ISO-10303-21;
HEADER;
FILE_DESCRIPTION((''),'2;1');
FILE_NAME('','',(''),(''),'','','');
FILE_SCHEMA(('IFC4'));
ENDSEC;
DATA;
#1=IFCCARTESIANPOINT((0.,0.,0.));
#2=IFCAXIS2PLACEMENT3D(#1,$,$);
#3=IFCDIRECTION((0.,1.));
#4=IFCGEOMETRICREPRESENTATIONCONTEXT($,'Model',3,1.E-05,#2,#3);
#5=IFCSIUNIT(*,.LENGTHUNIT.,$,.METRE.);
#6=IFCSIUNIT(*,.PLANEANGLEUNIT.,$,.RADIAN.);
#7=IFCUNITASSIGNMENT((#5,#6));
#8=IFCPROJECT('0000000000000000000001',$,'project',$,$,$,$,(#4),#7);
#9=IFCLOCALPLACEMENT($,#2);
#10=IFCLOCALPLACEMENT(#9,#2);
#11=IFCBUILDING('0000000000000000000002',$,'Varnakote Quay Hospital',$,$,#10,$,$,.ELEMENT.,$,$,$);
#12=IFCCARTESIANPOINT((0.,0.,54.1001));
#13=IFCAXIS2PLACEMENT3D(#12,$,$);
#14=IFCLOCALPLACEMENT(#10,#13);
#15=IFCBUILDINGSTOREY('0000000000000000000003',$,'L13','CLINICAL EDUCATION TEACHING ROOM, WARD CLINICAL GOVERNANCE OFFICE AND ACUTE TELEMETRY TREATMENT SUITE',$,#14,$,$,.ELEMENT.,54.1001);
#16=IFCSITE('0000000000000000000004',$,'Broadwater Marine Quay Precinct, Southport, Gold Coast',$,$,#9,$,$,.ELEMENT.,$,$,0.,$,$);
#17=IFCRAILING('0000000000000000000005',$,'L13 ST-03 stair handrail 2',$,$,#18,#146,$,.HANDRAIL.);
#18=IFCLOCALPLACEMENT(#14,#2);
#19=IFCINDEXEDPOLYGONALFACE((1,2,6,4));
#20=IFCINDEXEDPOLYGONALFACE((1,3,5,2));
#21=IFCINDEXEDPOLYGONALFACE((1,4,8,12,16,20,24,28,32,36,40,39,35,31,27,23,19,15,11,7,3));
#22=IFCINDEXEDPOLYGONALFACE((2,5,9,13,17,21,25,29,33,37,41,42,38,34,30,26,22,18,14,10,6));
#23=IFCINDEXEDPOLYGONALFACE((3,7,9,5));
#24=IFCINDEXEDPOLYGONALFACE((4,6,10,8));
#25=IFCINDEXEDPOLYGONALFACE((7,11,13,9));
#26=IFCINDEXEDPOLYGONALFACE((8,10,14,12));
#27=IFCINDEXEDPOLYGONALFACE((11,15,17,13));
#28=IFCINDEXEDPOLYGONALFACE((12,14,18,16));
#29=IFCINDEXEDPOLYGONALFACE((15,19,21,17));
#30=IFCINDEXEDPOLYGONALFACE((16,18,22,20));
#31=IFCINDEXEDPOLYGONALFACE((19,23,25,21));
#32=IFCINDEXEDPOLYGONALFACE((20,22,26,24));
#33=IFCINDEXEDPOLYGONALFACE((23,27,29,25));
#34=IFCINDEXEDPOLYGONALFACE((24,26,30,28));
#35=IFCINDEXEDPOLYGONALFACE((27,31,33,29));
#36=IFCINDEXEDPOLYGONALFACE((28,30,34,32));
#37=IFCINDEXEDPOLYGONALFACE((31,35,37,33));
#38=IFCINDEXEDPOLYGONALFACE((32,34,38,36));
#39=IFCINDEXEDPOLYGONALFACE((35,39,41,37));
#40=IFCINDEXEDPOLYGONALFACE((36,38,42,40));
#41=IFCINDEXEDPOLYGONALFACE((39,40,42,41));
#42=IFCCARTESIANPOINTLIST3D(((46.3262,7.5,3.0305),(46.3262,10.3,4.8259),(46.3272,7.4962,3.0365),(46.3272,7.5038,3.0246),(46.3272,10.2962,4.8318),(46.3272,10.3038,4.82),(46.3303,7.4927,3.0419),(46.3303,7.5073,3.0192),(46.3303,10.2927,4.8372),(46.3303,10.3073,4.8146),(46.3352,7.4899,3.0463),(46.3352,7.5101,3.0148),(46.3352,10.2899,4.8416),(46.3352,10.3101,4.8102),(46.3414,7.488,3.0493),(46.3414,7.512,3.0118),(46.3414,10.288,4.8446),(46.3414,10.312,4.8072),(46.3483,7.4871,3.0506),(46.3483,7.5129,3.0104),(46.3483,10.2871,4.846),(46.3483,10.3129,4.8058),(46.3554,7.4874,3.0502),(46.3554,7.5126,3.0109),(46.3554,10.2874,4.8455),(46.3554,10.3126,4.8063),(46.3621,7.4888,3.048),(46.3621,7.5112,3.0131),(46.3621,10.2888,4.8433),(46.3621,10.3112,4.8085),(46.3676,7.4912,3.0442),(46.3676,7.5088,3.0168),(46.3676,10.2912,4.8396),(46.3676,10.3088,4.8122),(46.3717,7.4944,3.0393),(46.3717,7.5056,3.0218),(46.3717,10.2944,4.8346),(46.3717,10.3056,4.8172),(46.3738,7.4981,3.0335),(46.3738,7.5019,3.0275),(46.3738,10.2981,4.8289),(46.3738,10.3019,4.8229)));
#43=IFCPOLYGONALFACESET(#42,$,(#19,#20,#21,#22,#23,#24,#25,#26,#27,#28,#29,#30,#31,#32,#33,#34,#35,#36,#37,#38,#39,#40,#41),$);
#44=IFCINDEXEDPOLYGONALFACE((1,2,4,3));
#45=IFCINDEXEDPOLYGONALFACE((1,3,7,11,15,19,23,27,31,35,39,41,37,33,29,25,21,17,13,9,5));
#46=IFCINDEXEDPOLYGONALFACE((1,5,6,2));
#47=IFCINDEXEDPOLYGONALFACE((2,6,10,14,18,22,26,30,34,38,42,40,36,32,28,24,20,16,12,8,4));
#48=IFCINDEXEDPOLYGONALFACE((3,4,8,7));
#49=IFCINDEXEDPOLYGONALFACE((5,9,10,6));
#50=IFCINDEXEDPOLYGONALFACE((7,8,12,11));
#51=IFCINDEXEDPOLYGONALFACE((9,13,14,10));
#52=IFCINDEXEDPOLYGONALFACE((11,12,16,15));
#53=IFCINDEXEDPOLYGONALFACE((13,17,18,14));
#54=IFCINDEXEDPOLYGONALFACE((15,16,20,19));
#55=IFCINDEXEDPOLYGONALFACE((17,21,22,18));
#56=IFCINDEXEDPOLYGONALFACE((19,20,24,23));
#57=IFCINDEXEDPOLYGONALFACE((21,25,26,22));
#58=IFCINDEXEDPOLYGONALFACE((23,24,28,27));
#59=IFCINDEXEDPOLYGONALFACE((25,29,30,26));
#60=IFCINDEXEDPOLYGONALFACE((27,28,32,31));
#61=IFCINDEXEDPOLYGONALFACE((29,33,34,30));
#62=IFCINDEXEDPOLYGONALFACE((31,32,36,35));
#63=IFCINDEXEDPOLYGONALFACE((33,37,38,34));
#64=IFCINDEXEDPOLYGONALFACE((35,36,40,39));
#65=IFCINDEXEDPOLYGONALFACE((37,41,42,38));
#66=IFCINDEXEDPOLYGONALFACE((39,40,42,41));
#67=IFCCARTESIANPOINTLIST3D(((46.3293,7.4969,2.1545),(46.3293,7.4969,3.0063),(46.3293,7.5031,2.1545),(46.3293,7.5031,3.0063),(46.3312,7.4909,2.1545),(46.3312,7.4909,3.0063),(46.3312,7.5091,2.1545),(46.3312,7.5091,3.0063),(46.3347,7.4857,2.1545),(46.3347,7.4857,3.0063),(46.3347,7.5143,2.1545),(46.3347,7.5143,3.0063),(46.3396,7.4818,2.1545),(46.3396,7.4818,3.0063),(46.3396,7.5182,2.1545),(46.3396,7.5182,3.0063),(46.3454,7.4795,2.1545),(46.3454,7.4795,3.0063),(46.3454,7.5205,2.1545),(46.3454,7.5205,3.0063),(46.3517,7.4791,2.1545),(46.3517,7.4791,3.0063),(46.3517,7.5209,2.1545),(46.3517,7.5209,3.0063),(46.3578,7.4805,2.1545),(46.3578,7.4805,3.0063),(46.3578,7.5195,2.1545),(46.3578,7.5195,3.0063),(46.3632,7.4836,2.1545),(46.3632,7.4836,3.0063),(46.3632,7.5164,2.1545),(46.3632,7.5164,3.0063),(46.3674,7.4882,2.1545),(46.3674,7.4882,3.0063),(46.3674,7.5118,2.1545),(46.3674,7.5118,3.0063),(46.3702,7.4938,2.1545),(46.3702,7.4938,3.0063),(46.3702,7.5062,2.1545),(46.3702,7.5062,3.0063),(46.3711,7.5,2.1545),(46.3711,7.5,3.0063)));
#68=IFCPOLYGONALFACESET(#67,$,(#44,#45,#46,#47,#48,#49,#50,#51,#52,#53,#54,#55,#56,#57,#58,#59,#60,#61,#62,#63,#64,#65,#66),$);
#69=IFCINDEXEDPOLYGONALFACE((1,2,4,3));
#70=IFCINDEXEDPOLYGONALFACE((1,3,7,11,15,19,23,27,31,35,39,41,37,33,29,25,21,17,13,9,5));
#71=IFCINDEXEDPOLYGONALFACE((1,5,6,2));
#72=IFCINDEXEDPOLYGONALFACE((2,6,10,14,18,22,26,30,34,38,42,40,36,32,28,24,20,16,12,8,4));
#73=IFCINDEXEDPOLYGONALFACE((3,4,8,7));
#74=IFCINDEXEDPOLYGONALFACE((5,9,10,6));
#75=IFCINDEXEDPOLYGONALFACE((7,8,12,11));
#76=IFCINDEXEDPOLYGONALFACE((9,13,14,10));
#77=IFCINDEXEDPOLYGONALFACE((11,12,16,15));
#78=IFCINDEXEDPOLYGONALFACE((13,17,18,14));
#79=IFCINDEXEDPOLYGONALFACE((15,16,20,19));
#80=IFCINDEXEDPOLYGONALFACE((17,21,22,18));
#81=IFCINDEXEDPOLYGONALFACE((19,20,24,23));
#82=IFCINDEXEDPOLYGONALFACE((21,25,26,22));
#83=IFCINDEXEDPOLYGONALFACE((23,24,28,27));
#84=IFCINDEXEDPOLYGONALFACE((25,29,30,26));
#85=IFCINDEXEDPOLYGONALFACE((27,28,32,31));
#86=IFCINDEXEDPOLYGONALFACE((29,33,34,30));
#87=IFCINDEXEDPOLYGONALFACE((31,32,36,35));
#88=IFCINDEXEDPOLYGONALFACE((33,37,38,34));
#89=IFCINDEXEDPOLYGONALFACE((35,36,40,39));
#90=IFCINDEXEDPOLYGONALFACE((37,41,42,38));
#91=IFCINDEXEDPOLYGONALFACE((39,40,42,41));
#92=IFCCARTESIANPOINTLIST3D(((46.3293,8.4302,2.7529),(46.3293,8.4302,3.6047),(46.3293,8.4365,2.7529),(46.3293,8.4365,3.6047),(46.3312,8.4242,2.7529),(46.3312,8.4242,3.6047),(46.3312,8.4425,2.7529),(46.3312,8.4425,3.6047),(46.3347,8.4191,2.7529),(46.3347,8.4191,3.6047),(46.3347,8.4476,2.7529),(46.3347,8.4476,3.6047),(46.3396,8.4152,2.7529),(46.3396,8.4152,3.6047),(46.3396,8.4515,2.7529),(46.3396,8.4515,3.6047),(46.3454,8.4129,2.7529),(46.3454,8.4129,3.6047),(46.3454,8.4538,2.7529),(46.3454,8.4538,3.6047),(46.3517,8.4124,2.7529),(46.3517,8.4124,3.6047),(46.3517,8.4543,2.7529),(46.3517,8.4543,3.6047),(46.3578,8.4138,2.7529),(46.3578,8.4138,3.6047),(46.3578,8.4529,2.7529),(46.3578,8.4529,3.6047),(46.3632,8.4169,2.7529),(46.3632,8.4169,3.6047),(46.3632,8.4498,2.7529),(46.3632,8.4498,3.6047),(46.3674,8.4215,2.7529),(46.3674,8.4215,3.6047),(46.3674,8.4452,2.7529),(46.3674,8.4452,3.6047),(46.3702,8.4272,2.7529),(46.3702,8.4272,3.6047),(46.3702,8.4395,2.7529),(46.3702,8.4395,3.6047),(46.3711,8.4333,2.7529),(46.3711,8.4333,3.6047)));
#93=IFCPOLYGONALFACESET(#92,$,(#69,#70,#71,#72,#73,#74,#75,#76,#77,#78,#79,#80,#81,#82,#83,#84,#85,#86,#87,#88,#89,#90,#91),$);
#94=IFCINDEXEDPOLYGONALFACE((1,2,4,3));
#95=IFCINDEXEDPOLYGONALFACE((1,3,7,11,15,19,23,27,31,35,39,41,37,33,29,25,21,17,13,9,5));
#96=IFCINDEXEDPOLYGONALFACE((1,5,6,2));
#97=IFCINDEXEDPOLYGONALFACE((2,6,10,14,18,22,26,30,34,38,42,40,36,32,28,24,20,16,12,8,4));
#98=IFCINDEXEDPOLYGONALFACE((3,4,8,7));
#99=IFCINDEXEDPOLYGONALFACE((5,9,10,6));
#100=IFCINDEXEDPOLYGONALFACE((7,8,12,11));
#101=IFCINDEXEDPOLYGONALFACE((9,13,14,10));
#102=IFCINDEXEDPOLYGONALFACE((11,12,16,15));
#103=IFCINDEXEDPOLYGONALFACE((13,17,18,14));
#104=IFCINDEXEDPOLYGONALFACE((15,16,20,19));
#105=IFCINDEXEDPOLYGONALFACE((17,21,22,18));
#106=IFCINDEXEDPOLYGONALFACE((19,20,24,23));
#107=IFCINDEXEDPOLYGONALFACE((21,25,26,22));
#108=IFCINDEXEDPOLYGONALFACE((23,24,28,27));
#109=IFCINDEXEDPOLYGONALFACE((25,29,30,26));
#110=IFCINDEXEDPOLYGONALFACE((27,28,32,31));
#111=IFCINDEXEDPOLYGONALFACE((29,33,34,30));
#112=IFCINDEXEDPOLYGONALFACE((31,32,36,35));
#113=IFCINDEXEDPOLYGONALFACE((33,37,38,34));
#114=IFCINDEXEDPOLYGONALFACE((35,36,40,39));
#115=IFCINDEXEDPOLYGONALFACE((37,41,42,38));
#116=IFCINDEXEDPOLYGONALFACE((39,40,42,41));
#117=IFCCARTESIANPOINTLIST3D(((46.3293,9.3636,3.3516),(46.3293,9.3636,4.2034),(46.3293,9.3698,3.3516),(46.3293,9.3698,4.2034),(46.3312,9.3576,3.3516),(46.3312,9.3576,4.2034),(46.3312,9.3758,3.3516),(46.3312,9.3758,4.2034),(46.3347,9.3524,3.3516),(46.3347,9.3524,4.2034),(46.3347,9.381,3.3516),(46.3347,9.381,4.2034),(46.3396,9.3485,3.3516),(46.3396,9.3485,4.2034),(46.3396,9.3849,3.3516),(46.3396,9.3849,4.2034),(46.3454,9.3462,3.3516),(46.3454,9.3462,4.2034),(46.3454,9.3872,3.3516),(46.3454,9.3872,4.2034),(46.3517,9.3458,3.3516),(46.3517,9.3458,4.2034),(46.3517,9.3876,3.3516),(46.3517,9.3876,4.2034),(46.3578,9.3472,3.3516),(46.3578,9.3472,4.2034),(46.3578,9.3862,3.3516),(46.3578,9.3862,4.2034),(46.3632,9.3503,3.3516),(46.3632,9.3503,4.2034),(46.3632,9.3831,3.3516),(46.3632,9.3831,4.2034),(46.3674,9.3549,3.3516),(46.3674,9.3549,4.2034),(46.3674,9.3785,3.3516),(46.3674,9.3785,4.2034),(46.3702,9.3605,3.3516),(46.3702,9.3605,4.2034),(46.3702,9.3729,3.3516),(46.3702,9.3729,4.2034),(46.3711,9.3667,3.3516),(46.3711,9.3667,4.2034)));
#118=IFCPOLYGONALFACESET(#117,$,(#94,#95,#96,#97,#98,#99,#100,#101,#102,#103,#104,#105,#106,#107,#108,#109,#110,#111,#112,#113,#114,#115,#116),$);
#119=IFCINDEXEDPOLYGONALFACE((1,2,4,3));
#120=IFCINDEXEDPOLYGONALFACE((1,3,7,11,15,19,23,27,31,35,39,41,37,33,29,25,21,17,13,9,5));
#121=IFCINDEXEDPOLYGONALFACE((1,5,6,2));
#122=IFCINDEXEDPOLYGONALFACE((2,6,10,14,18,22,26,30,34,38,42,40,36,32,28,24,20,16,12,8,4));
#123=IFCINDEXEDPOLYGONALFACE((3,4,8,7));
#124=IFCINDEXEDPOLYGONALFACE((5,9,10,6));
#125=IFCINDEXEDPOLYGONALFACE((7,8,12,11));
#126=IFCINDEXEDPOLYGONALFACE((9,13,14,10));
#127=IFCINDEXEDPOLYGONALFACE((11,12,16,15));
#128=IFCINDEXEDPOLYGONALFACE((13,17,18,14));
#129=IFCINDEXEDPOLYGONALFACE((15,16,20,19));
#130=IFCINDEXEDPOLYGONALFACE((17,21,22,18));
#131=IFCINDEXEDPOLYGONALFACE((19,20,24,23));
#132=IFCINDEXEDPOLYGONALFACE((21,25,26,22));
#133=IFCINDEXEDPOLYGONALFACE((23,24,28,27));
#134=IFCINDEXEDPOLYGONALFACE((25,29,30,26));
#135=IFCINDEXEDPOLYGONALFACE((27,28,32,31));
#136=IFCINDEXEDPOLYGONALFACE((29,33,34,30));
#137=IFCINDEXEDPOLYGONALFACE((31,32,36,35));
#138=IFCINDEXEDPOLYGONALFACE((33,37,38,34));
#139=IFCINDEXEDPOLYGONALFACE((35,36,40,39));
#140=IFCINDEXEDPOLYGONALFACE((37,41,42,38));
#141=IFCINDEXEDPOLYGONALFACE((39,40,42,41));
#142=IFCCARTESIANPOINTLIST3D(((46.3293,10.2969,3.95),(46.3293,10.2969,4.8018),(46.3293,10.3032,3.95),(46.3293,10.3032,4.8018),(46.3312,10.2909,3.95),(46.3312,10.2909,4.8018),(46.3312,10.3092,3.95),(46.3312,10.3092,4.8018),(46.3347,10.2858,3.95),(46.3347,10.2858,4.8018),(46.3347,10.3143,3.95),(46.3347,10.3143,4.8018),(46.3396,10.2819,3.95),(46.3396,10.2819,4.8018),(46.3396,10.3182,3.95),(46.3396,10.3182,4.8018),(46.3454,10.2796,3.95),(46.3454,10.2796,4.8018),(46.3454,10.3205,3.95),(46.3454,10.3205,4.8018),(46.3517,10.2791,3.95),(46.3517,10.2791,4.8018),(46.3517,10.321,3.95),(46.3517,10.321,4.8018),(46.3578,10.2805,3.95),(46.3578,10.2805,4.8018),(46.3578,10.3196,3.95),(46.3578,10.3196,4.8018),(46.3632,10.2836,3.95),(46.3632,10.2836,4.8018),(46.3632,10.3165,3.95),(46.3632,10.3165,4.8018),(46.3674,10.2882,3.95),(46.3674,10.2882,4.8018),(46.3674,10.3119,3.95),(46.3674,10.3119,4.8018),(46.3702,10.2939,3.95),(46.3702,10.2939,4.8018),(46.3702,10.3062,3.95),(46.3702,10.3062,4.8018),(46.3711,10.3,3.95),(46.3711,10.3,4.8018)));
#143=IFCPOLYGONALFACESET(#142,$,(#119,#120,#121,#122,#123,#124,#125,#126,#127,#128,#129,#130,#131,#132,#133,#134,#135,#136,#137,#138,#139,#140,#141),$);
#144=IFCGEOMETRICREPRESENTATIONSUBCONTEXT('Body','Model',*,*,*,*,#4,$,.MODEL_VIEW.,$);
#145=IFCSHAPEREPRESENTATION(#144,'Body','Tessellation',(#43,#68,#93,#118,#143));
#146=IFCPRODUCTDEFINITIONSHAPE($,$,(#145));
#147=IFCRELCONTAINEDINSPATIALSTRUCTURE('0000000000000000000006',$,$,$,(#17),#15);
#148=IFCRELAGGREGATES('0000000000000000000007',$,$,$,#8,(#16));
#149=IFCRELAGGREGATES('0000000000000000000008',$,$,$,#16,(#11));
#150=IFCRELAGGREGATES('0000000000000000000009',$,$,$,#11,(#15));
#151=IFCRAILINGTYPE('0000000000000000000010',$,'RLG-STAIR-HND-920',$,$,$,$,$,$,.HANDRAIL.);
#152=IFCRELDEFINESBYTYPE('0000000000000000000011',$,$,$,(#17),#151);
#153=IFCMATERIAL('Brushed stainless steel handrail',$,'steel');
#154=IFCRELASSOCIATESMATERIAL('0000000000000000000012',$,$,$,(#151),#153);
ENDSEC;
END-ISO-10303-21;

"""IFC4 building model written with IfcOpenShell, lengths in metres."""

from ifc_helpers import new_model, si_unit, direction, frame, origin, origin_2d, place, context, subcontext, project, spatial, circle, extrude, material, type_object, element, save


model = new_model("IFC4")

# Units and contexts
model_context = context("Model", 3, precision=1e-05, world=origin(), true_north=direction((0.0, 1.0)))
body_context = subcontext(model_context, "Body", "Model", "MODEL_VIEW")
ifc_project = project(units=[si_unit("LENGTHUNIT", "METRE"), si_unit("PLANEANGLEUNIT", "RADIAN")], contexts=[model_context])

# Site, building, storey
site_placement = place(None, origin())
site = spatial("IfcSite", under=ifc_project, at=site_placement, Name="Broadwater Marine Quay Precinct, Southport, Gold Coast", CompositionType="ELEMENT", RefElevation=0.0)
building_placement = place(site_placement, origin())
building = spatial("IfcBuilding", under=site, at=building_placement, Name="Varnakote Quay Hospital", CompositionType="ELEMENT")
storey_placement = place(building_placement, frame((0.0, 0.0, 54.1001)))
storey = spatial("IfcBuildingStorey", under=building, at=storey_placement, Name="L13", Description="CLINICAL EDUCATION TEACHING ROOM, WARD CLINICAL GOVERNANCE OFFICE AND ACUTE TELEMETRY TREATMENT SUITE", CompositionType="ELEMENT", Elevation=54.1001)

# Railing
ifc_material_1 = material(Name="Brushed stainless steel handrail", Category="steel")
railing_type_1 = type_object("IfcRailingType", Name="RLG-STAIR-HND-920", PredefinedType="HANDRAIL", material=ifc_material_1)
railing_1_placement = place(storey_placement, frame((46.3501, 7.5, 2.1545)))
element("IfcRailing", 1, at=railing_1_placement, inside=storey, type_object=railing_type_1, Name="L13 ST-03 stair handrail 2", PredefinedType="HANDRAIL", context=body_context, shape_type="SweptSolid", body=[
    extrude(circle(Radius=0.0239, at=origin_2d()), frame((0.0, 0.0, 0.876), z_axis=(0.0, 0.84181, 0.539774), x_axis=(-1.0, 0.0, 0.0)), (0.0, 0.0, 1.0), 3.3262),
    extrude(circle(Radius=0.021, at=origin_2d()), origin(), (0.0, 0.0, 1.0), 0.8518),
    extrude(circle(Radius=0.021, at=origin_2d()), frame((0.0, 0.9333, 0.5984)), (0.0, 0.0, 1.0), 0.8518),
    extrude(circle(Radius=0.021, at=origin_2d()), frame((0.0, 1.8667, 1.197)), (0.0, 0.0, 1.0), 0.8518),
    extrude(circle(Radius=0.021, at=origin_2d()), frame((0.0, 2.8, 1.7954)), (0.0, 0.0, 1.0), 0.8518),
])

save(model, "model.ifc")
